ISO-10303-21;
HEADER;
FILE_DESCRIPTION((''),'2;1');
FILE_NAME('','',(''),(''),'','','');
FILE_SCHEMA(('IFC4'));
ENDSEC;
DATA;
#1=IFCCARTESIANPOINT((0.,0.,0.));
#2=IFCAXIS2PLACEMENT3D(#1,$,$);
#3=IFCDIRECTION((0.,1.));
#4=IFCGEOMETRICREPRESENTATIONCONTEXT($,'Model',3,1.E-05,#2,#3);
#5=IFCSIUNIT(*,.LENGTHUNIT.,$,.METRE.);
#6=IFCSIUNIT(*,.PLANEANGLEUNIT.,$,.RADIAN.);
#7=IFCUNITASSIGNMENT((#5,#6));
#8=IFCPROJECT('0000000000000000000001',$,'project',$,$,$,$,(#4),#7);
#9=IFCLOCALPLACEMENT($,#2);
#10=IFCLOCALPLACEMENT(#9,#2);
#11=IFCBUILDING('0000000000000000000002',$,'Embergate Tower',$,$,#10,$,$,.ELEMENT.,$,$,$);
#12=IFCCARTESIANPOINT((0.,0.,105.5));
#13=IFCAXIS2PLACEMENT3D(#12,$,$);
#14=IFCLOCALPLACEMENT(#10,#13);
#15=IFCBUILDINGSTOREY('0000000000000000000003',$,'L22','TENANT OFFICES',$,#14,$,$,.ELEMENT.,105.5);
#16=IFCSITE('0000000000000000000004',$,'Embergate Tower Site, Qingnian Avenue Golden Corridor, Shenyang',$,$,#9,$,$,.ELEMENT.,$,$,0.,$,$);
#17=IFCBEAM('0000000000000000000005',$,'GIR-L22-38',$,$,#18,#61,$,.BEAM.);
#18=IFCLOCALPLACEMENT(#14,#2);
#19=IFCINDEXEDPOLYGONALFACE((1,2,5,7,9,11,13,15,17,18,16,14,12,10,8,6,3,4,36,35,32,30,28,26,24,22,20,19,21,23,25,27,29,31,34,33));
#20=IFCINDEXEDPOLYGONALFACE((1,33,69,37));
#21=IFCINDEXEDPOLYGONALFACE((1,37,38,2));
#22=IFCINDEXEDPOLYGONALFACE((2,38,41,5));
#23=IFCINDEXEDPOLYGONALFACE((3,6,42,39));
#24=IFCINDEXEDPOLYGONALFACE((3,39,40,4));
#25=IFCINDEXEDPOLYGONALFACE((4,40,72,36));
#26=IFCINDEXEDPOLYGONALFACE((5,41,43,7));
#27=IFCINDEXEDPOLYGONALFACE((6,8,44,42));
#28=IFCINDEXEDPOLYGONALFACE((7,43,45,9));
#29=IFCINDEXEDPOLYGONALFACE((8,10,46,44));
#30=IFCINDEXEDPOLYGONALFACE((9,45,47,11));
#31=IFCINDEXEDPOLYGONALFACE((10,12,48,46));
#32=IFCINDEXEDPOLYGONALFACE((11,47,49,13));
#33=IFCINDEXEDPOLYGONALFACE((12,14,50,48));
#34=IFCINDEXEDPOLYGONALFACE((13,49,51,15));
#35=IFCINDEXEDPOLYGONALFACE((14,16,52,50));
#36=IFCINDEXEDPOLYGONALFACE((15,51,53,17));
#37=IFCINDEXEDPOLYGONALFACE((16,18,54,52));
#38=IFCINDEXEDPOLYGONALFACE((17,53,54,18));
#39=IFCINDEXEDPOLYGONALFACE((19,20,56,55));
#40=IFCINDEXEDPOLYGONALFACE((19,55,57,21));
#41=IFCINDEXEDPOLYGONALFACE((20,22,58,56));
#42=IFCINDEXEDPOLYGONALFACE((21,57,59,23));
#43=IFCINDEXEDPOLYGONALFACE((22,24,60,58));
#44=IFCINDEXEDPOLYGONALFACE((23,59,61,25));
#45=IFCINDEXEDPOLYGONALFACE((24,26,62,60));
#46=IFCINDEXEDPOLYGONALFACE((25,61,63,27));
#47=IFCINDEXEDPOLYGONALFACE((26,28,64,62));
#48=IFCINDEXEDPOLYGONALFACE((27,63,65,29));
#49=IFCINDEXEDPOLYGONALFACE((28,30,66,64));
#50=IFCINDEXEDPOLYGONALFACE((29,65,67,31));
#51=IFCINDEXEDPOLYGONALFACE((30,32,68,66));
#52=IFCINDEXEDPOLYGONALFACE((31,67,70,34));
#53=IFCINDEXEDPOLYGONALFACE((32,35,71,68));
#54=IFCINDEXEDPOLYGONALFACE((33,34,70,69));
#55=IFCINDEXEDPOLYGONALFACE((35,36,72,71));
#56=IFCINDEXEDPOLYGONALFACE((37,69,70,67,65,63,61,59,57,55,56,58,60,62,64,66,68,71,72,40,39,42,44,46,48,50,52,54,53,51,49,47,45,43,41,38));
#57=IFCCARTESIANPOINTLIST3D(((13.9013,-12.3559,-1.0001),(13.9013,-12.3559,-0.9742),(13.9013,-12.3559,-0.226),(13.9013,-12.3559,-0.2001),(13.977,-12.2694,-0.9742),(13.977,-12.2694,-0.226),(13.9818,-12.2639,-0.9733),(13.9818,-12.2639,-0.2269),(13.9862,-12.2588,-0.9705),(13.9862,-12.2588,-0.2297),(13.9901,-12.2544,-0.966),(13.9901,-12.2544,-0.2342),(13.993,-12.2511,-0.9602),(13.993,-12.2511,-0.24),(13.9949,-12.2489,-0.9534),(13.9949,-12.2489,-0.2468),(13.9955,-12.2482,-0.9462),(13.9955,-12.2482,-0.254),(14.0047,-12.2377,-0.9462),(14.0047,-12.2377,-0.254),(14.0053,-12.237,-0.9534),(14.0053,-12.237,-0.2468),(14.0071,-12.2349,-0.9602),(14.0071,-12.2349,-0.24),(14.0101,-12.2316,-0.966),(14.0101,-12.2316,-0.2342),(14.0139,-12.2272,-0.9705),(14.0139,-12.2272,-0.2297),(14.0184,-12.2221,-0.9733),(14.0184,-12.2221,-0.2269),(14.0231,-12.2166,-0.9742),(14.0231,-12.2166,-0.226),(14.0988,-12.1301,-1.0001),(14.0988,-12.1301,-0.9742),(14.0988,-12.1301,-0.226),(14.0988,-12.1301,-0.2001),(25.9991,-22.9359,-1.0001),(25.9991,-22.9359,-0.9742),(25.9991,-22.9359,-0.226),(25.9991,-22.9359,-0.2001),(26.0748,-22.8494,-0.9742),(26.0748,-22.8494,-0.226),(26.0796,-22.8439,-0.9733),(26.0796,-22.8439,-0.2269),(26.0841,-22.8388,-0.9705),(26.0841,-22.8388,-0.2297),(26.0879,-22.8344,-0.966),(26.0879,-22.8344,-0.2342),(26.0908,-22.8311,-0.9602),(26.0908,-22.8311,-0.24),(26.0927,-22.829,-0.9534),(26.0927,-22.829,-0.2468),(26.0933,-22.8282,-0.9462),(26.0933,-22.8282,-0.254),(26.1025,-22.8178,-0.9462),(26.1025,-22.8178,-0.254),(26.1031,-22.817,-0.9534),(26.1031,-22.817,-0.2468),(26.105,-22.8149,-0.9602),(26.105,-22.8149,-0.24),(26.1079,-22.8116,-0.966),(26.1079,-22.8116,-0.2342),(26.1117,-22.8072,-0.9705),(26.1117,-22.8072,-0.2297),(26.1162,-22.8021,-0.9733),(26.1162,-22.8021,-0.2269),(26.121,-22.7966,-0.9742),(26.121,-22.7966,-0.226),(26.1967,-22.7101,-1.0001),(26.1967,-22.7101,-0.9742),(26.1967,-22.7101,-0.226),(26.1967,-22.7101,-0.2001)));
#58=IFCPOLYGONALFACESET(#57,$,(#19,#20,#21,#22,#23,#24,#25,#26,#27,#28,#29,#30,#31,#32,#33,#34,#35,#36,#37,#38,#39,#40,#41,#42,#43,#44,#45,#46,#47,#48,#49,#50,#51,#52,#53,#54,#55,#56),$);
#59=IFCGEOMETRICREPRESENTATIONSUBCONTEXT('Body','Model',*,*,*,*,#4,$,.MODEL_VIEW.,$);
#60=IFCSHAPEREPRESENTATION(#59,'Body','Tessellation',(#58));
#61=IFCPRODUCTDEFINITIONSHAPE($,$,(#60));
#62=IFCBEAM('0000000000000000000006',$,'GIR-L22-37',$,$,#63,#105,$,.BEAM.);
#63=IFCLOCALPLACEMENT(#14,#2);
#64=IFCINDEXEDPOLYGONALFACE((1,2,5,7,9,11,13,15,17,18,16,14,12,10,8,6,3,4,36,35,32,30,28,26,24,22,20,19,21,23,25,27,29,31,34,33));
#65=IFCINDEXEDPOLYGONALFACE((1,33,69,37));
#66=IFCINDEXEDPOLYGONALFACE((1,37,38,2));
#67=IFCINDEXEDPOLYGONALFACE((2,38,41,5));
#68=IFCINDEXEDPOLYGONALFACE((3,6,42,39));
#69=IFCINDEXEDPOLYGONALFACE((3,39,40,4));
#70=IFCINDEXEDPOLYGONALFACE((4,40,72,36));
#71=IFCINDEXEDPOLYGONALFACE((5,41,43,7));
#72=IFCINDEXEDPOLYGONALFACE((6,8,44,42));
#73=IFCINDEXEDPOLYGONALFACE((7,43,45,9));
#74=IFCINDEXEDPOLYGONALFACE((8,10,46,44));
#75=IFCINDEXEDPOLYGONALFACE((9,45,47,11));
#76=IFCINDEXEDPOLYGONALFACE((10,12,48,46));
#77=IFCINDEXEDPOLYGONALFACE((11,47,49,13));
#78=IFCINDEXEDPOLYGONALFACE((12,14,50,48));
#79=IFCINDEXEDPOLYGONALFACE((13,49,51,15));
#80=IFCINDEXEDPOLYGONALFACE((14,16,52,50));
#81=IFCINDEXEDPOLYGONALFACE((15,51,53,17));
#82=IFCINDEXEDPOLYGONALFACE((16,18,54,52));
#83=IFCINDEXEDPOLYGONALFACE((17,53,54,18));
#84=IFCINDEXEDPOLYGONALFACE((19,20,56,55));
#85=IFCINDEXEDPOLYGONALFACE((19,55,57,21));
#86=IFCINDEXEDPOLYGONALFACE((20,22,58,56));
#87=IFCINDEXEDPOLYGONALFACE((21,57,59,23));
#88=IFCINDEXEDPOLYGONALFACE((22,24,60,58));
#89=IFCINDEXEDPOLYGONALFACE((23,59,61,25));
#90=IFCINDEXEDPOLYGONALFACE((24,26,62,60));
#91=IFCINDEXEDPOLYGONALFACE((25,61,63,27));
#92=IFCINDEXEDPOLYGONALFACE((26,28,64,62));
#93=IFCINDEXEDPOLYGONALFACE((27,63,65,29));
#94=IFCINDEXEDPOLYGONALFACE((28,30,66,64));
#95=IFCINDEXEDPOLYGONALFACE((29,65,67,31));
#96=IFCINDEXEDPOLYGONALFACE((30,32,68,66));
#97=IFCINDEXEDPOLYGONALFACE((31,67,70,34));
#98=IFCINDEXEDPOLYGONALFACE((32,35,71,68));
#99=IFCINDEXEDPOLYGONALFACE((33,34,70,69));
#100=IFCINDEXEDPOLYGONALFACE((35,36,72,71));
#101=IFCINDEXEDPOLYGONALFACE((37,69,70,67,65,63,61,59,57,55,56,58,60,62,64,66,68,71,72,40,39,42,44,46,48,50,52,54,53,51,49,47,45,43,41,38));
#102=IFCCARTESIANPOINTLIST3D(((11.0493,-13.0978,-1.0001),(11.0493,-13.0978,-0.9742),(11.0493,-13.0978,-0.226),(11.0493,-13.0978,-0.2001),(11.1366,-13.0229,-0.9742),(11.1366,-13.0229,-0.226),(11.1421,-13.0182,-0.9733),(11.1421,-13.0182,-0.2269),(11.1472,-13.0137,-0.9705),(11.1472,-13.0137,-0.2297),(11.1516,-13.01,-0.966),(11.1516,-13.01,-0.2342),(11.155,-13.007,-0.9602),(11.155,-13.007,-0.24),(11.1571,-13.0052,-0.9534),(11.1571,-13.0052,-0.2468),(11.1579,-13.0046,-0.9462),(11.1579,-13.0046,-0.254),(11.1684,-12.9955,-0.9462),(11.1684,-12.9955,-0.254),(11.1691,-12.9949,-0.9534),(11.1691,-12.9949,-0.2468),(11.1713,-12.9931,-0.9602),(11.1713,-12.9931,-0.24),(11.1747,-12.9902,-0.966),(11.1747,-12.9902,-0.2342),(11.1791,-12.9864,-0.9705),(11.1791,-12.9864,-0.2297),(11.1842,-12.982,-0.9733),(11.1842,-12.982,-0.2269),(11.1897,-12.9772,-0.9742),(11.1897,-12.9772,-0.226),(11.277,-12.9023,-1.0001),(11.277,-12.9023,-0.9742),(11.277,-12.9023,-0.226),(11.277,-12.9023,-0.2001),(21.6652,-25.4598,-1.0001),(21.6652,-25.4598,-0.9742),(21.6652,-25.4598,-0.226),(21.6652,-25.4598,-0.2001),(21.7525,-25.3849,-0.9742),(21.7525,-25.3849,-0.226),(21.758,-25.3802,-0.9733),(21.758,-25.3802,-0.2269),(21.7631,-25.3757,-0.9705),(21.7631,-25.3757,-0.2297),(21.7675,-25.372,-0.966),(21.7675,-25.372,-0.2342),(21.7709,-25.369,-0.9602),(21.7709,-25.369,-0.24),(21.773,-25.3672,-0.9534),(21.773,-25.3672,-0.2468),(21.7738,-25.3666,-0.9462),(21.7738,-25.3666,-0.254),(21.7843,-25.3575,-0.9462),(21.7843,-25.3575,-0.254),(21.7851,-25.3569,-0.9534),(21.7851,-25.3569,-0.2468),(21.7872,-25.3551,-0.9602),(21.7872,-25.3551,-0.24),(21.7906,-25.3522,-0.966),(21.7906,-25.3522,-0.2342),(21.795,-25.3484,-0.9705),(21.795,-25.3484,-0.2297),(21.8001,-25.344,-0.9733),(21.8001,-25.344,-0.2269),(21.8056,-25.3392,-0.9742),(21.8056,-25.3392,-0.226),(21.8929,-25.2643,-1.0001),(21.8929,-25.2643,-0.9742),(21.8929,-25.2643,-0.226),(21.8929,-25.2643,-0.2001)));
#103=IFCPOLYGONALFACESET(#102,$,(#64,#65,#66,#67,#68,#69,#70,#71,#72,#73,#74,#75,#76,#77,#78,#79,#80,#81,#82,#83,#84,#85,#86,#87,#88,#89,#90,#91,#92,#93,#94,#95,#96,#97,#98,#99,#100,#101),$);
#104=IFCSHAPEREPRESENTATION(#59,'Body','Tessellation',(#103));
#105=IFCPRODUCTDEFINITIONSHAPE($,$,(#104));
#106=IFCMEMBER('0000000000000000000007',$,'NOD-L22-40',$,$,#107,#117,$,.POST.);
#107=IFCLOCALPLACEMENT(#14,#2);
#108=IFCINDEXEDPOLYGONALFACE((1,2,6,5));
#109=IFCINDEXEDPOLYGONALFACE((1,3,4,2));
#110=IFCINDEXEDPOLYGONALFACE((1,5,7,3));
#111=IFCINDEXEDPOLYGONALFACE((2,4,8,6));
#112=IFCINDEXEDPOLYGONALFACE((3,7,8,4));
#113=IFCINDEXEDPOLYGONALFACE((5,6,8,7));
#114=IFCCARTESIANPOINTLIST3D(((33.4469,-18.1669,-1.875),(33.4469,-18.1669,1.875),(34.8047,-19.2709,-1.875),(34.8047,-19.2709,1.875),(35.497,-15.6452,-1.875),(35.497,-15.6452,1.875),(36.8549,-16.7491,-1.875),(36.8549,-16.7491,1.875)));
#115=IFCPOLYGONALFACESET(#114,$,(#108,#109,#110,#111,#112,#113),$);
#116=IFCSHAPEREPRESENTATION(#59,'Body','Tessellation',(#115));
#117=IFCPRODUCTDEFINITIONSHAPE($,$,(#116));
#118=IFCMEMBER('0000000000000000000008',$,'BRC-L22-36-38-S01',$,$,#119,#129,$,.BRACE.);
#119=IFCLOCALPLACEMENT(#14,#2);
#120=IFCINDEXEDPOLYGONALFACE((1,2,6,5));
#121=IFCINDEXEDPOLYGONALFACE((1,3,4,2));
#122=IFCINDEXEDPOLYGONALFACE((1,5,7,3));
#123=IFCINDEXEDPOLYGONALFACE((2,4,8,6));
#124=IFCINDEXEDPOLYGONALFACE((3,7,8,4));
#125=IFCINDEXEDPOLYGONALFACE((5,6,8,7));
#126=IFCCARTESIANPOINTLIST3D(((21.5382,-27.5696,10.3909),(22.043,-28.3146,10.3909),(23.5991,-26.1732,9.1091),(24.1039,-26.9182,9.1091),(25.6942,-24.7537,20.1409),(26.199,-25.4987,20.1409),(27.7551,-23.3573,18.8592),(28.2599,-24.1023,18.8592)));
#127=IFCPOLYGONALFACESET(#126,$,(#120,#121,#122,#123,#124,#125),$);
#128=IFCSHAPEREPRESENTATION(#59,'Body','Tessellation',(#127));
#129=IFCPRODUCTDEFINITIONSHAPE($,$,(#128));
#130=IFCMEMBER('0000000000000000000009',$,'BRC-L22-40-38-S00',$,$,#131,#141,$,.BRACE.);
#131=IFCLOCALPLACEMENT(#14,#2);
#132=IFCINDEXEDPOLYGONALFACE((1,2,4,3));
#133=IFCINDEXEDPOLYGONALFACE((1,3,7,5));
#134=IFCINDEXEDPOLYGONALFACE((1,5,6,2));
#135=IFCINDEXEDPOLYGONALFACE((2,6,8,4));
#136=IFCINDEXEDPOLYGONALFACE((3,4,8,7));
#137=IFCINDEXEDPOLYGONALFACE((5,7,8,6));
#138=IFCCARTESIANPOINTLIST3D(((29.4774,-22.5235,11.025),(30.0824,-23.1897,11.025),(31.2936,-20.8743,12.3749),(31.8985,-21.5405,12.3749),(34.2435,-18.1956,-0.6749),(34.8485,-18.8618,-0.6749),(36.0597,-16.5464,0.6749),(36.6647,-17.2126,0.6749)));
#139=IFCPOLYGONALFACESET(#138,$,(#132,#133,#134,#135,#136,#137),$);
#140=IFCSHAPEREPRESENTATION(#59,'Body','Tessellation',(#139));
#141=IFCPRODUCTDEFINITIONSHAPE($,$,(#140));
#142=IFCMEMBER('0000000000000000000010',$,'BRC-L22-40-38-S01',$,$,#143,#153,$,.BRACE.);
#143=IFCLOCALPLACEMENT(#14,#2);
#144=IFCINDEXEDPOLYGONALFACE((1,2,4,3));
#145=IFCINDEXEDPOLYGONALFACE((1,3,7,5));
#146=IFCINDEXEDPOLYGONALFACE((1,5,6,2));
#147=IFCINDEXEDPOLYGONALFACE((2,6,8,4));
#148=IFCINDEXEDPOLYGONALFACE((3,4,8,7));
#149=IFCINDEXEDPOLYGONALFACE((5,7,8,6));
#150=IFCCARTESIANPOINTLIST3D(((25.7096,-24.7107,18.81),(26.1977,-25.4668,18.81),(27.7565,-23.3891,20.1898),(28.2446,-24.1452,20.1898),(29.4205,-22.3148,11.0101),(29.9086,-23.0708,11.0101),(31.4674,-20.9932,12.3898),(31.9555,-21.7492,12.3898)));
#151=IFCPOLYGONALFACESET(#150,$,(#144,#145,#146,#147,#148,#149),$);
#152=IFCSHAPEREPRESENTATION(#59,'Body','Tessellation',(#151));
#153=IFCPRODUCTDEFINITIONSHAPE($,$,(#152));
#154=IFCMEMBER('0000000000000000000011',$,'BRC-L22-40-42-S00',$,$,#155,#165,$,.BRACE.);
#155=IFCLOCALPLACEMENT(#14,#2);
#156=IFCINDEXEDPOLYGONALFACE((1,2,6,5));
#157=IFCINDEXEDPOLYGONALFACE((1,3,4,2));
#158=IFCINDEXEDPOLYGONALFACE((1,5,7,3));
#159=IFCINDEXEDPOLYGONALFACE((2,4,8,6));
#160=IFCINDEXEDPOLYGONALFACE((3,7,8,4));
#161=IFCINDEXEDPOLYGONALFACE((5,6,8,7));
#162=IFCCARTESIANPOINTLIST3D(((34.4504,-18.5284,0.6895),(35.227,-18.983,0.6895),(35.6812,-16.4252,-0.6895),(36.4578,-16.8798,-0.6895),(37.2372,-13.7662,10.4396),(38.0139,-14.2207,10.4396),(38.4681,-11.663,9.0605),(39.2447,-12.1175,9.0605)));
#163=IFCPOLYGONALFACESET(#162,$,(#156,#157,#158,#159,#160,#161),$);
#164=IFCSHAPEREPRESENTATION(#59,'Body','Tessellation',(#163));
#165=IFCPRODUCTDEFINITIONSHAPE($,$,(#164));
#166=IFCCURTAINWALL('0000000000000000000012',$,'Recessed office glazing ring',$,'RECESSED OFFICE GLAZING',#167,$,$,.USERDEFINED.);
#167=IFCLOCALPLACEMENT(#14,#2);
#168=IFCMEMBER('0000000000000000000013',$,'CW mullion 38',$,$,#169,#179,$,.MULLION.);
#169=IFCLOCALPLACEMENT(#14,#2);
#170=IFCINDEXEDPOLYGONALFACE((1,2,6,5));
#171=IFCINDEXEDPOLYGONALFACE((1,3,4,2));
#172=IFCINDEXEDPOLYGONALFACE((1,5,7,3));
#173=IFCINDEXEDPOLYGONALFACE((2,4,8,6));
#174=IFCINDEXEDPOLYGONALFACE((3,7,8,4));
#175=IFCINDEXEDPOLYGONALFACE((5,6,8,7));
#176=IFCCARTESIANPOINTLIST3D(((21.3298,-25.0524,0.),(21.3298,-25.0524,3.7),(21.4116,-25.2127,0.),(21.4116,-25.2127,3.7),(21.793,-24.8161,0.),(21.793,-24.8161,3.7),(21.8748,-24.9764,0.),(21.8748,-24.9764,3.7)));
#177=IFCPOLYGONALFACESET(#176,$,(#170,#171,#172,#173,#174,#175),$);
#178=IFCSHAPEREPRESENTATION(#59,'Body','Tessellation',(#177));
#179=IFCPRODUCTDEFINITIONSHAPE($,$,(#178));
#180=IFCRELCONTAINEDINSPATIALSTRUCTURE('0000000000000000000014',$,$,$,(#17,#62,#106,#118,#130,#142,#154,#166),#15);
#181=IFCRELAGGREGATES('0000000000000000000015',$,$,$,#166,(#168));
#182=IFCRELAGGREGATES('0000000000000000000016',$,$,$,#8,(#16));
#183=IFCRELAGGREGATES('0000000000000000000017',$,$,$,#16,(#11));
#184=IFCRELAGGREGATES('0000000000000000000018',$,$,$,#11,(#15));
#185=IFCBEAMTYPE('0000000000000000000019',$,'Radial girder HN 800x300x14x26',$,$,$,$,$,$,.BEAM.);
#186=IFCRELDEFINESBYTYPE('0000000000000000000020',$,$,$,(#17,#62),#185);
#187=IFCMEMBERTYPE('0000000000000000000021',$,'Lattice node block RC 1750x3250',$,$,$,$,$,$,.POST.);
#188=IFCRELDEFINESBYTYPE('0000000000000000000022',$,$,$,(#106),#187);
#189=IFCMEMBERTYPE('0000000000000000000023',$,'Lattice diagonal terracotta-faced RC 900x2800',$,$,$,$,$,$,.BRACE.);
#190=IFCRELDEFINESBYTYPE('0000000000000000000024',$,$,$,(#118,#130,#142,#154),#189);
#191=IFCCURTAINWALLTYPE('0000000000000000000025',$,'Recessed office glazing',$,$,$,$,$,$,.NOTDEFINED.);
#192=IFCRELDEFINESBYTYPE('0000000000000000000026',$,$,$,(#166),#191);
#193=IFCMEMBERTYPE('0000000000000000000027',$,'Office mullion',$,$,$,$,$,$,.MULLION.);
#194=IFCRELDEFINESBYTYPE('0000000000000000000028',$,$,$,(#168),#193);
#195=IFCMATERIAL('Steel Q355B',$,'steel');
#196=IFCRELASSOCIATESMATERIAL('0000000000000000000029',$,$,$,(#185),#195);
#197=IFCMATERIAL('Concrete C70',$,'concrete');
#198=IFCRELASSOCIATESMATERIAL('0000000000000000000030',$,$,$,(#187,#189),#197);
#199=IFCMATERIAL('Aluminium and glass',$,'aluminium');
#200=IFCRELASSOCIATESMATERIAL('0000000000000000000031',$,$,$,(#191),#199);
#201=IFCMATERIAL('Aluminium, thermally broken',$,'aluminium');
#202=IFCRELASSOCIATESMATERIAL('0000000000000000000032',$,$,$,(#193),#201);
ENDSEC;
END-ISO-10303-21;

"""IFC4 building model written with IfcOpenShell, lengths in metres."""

from ifc_helpers import new_model, si_unit, direction, frame, origin, origin_2d, place, context, subcontext, project, spatial, rectangle, i_section, extrude, source, transform, mapped, material, material_profile, profile_set, type_object, element, aggregate, save


model = new_model("IFC4")

# Units and contexts
model_context = context("Model", 3, precision=1e-05, world=origin(), true_north=direction((0.0, 1.0)))
body_context = subcontext(model_context, "Body", "Model", "MODEL_VIEW")
ifc_project = project(units=[si_unit("LENGTHUNIT", "METRE"), si_unit("PLANEANGLEUNIT", "RADIAN")], contexts=[model_context])

# Site, building, storey
site_placement = place(None, origin())
site = spatial("IfcSite", under=ifc_project, at=site_placement, Name="Embergate Tower Site, Qingnian Avenue Golden Corridor, Shenyang", CompositionType="ELEMENT", RefElevation=0.0)
building_placement = place(site_placement, origin())
building = spatial("IfcBuilding", under=site, at=building_placement, Name="Embergate Tower", CompositionType="ELEMENT")
storey_placement = place(building_placement, frame((0.0, 0.0, 105.5)))
storey = spatial("IfcBuildingStorey", under=building, at=storey_placement, Name="L22", Description="TENANT OFFICES", CompositionType="ELEMENT", Elevation=105.5)

# Shared definitions
ifc_material_1 = material(Name="Concrete C70", Category="concrete")

# Beams
ifc_material_2 = material(Name="Steel Q355B", Category="steel")
ifc_material_profile_1 = material_profile(ifc_material_2, i_section(OverallWidth=0.3, OverallDepth=0.8, WebThickness=0.0139, FlangeThickness=0.0259, FilletRadius=0.0281, at=origin_2d()), Name="HN 800x300x14x26")
ifc_profile_set_1 = profile_set([ifc_material_profile_1], Name="Steel Q355 grade B")
beam_type_1 = type_object("IfcBeamType", Name="Radial girder HN 800x300x14x26", PredefinedType="BEAM", material=ifc_profile_set_1)
shared_shape_1 = source(origin(), body_context, "Body", "SweptSolid", [
    extrude(i_section(OverallWidth=0.3, OverallDepth=0.8, WebThickness=0.0139, FlangeThickness=0.0259, FilletRadius=0.0281, at=origin_2d()), origin(), (0.0, 0.0, 1.0), 16.0715),
])
beam_1_placement = place(storey_placement, frame((26.0979, -22.823, -0.6001), z_axis=(-0.752749, 0.658308, 0.0), x_axis=(-0.658308, -0.752749, 0.0)))
element("IfcBeam", 1, at=beam_1_placement, inside=storey, type_object=beam_type_1, Name="GIR-L22-38", PredefinedType="BEAM", context=body_context, shape_type="MappedRepresentation", body=[
    mapped(shared_shape_1, transform((0.0, 0.0, 0.0))),
])
shared_shape_2 = source(origin(), body_context, "Body", "SweptSolid", [
    extrude(i_section(OverallWidth=0.3, OverallDepth=0.8, WebThickness=0.0139, FlangeThickness=0.0259, FilletRadius=0.0281, at=origin_2d()), origin(), (0.0, 0.0, 1.0), 16.2947),
])
beam_2_placement = place(storey_placement, frame((21.7791, -25.3621, -0.6001), z_axis=(-0.651496, 0.758652, 0.0), x_axis=(-0.758652, -0.651496, 0.0)))
element("IfcBeam", 2, at=beam_2_placement, inside=storey, type_object=beam_type_1, Name="GIR-L22-37", PredefinedType="BEAM", context=body_context, shape_type="MappedRepresentation", body=[
    mapped(shared_shape_2, transform((0.0, 0.0, 0.0))),
])

# Members
ifc_material_profile_2 = material_profile(ifc_material_1, rectangle(XDim=1.75, YDim=3.25, at=origin_2d()), Name="RC 1750x3250")
ifc_profile_set_2 = profile_set([ifc_material_profile_2], Name="Concrete C70")
member_type_1 = type_object("IfcMemberType", Name="Lattice node block RC 1750x3250", PredefinedType="POST", material=ifc_profile_set_2)
shared_shape_3 = source(origin(), body_context, "Body", "SweptSolid", [
    extrude(rectangle(XDim=1.75, YDim=3.25, at=origin_2d()), origin(), (0.0, 0.0, 1.0), 3.75),
])
member_1_placement = place(storey_placement, frame((35.1509, -17.458, -1.875), z_axis=(0.0, 0.0, 1.0), x_axis=(0.775925, -0.630825, 0.0)))
element("IfcMember", 3, at=member_1_placement, inside=storey, type_object=member_type_1, Name="NOD-L22-40", PredefinedType="POST", context=body_context, shape_type="MappedRepresentation", body=[
    mapped(shared_shape_3, transform((0.0, 0.0, 0.0))),
])
ifc_material_profile_3 = material_profile(ifc_material_1, rectangle(XDim=0.8999, YDim=2.8, at=origin_2d()), Name="RC 900x2800")
ifc_profile_set_3 = profile_set([ifc_material_profile_3], Name="Concrete C70")
member_type_2 = type_object("IfcMemberType", Name="Lattice diagonal terracotta-faced RC 900x2800", PredefinedType="BRACE", material=ifc_profile_set_3)
shared_shape_4 = source(origin(), body_context, "Body", "SweptSolid", [
    extrude(rectangle(XDim=0.8999, YDim=2.8, at=origin_2d()), origin(), (0.0, 0.0, 1.0), 10.9666),
])
member_2_placement = place(storey_placement, frame((22.821, -27.2439, 9.75), z_axis=(0.378973, 0.256774, 0.889071), x_axis=(-0.560924, 0.827867, 0.0)))
element("IfcMember", 4, at=member_2_placement, inside=storey, type_object=member_type_2, Name="BRC-L22-36-38-S01", PredefinedType="BRACE", context=body_context, shape_type="MappedRepresentation", body=[
    mapped(shared_shape_4, transform((0.0, 0.0, 0.0))),
])
shared_shape_5 = source(origin(), body_context, "Body", "SweptSolid", [
    extrude(rectangle(XDim=0.8999, YDim=2.8, at=origin_2d()), origin(), (0.0, 0.0, 1.0), 13.3542),
])
member_3_placement = place(storey_placement, frame((35.4541, -17.7041, 0.0), z_axis=(-0.356899, -0.324083, 0.876124), x_axis=(0.672252, -0.740323, 0.0)))
element("IfcMember", 5, at=member_3_placement, inside=storey, type_object=member_type_2, Name="BRC-L22-40-38-S00", PredefinedType="BRACE", context=body_context, shape_type="MappedRepresentation", body=[
    mapped(shared_shape_5, transform((0.0, 0.0, 0.0))),
])
shared_shape_6 = source(origin(), body_context, "Body", "SweptSolid", [
    extrude(rectangle(XDim=0.8999, YDim=2.8, at=origin_2d()), origin(), (0.0, 0.0, 1.0), 8.9639),
])
member_4_placement = place(storey_placement, frame((30.688, -22.032, 11.7), z_axis=(-0.413984, -0.267292, 0.870156), x_axis=(0.542421, -0.840107, 0.0)))
element("IfcMember", 6, at=member_4_placement, inside=storey, type_object=member_type_2, Name="BRC-L22-40-38-S01", PredefinedType="BRACE", context=body_context, shape_type="MappedRepresentation", body=[
    mapped(shared_shape_6, transform((0.0, 0.0, 0.0))),
])
shared_shape_7 = source(origin(), body_context, "Body", "SweptSolid", [
    extrude(rectangle(XDim=0.8999, YDim=2.8, at=origin_2d()), origin(), (0.0, 0.0, 1.0), 11.2031),
])
member_5_placement = place(storey_placement, frame((35.4541, -17.7041, 0.0), z_axis=(0.24876, 0.425082, 0.870301), x_axis=(-0.863075, 0.505076, 0.0)))
element("IfcMember", 7, at=member_5_placement, inside=storey, type_object=member_type_2, Name="BRC-L22-40-42-S00", PredefinedType="BRACE", context=body_context, shape_type="MappedRepresentation", body=[
    mapped(shared_shape_7, transform((0.0, 0.0, 0.0))),
])

# Curtain wall, member
ifc_material_3 = material(Name="Aluminium and glass", Category="aluminium")
curtain_wall_type = type_object("IfcCurtainWallType", Name="Recessed office glazing", PredefinedType="NOTDEFINED", material=ifc_material_3)
curtain_wall_placement = place(storey_placement, origin())
curtain_wall = element("IfcCurtainWall", 8, at=curtain_wall_placement, inside=storey, type_object=curtain_wall_type, Name="Recessed office glazing ring", ObjectType="RECESSED OFFICE GLAZING", PredefinedType="USERDEFINED")
ifc_material_4 = material(Name="Aluminium, thermally broken", Category="aluminium")
ifc_material_profile_4 = material_profile(ifc_material_4, rectangle(XDim=0.1799, YDim=0.52, at=origin_2d()), Name="AL 520x180")
ifc_profile_set_4 = profile_set([ifc_material_profile_4], Name="Aluminium, thermally broken")
member_type_3 = type_object("IfcMemberType", Name="Office mullion", PredefinedType="MULLION", material=ifc_profile_set_4)
shared_shape_8 = source(origin(), body_context, "Body", "SweptSolid", [
    extrude(rectangle(XDim=0.1799, YDim=0.52, at=origin_2d()), origin(), (0.0, 0.0, 1.0), 3.7),
])
member_6_placement = place(storey_placement, frame((21.6023, -25.0144, 0.0), z_axis=(0.0, 0.0, 1.0), x_axis=(-0.454521, 0.890736, 0.0)))
member_6 = element("IfcMember", 9, at=member_6_placement, type_object=member_type_3, Name="CW mullion 38", PredefinedType="MULLION", context=body_context, shape_type="MappedRepresentation", body=[
    mapped(shared_shape_8, transform((0.0, 0.0, 0.0))),
])
aggregate(curtain_wall, [member_6])

save(model, "model.ifc")
